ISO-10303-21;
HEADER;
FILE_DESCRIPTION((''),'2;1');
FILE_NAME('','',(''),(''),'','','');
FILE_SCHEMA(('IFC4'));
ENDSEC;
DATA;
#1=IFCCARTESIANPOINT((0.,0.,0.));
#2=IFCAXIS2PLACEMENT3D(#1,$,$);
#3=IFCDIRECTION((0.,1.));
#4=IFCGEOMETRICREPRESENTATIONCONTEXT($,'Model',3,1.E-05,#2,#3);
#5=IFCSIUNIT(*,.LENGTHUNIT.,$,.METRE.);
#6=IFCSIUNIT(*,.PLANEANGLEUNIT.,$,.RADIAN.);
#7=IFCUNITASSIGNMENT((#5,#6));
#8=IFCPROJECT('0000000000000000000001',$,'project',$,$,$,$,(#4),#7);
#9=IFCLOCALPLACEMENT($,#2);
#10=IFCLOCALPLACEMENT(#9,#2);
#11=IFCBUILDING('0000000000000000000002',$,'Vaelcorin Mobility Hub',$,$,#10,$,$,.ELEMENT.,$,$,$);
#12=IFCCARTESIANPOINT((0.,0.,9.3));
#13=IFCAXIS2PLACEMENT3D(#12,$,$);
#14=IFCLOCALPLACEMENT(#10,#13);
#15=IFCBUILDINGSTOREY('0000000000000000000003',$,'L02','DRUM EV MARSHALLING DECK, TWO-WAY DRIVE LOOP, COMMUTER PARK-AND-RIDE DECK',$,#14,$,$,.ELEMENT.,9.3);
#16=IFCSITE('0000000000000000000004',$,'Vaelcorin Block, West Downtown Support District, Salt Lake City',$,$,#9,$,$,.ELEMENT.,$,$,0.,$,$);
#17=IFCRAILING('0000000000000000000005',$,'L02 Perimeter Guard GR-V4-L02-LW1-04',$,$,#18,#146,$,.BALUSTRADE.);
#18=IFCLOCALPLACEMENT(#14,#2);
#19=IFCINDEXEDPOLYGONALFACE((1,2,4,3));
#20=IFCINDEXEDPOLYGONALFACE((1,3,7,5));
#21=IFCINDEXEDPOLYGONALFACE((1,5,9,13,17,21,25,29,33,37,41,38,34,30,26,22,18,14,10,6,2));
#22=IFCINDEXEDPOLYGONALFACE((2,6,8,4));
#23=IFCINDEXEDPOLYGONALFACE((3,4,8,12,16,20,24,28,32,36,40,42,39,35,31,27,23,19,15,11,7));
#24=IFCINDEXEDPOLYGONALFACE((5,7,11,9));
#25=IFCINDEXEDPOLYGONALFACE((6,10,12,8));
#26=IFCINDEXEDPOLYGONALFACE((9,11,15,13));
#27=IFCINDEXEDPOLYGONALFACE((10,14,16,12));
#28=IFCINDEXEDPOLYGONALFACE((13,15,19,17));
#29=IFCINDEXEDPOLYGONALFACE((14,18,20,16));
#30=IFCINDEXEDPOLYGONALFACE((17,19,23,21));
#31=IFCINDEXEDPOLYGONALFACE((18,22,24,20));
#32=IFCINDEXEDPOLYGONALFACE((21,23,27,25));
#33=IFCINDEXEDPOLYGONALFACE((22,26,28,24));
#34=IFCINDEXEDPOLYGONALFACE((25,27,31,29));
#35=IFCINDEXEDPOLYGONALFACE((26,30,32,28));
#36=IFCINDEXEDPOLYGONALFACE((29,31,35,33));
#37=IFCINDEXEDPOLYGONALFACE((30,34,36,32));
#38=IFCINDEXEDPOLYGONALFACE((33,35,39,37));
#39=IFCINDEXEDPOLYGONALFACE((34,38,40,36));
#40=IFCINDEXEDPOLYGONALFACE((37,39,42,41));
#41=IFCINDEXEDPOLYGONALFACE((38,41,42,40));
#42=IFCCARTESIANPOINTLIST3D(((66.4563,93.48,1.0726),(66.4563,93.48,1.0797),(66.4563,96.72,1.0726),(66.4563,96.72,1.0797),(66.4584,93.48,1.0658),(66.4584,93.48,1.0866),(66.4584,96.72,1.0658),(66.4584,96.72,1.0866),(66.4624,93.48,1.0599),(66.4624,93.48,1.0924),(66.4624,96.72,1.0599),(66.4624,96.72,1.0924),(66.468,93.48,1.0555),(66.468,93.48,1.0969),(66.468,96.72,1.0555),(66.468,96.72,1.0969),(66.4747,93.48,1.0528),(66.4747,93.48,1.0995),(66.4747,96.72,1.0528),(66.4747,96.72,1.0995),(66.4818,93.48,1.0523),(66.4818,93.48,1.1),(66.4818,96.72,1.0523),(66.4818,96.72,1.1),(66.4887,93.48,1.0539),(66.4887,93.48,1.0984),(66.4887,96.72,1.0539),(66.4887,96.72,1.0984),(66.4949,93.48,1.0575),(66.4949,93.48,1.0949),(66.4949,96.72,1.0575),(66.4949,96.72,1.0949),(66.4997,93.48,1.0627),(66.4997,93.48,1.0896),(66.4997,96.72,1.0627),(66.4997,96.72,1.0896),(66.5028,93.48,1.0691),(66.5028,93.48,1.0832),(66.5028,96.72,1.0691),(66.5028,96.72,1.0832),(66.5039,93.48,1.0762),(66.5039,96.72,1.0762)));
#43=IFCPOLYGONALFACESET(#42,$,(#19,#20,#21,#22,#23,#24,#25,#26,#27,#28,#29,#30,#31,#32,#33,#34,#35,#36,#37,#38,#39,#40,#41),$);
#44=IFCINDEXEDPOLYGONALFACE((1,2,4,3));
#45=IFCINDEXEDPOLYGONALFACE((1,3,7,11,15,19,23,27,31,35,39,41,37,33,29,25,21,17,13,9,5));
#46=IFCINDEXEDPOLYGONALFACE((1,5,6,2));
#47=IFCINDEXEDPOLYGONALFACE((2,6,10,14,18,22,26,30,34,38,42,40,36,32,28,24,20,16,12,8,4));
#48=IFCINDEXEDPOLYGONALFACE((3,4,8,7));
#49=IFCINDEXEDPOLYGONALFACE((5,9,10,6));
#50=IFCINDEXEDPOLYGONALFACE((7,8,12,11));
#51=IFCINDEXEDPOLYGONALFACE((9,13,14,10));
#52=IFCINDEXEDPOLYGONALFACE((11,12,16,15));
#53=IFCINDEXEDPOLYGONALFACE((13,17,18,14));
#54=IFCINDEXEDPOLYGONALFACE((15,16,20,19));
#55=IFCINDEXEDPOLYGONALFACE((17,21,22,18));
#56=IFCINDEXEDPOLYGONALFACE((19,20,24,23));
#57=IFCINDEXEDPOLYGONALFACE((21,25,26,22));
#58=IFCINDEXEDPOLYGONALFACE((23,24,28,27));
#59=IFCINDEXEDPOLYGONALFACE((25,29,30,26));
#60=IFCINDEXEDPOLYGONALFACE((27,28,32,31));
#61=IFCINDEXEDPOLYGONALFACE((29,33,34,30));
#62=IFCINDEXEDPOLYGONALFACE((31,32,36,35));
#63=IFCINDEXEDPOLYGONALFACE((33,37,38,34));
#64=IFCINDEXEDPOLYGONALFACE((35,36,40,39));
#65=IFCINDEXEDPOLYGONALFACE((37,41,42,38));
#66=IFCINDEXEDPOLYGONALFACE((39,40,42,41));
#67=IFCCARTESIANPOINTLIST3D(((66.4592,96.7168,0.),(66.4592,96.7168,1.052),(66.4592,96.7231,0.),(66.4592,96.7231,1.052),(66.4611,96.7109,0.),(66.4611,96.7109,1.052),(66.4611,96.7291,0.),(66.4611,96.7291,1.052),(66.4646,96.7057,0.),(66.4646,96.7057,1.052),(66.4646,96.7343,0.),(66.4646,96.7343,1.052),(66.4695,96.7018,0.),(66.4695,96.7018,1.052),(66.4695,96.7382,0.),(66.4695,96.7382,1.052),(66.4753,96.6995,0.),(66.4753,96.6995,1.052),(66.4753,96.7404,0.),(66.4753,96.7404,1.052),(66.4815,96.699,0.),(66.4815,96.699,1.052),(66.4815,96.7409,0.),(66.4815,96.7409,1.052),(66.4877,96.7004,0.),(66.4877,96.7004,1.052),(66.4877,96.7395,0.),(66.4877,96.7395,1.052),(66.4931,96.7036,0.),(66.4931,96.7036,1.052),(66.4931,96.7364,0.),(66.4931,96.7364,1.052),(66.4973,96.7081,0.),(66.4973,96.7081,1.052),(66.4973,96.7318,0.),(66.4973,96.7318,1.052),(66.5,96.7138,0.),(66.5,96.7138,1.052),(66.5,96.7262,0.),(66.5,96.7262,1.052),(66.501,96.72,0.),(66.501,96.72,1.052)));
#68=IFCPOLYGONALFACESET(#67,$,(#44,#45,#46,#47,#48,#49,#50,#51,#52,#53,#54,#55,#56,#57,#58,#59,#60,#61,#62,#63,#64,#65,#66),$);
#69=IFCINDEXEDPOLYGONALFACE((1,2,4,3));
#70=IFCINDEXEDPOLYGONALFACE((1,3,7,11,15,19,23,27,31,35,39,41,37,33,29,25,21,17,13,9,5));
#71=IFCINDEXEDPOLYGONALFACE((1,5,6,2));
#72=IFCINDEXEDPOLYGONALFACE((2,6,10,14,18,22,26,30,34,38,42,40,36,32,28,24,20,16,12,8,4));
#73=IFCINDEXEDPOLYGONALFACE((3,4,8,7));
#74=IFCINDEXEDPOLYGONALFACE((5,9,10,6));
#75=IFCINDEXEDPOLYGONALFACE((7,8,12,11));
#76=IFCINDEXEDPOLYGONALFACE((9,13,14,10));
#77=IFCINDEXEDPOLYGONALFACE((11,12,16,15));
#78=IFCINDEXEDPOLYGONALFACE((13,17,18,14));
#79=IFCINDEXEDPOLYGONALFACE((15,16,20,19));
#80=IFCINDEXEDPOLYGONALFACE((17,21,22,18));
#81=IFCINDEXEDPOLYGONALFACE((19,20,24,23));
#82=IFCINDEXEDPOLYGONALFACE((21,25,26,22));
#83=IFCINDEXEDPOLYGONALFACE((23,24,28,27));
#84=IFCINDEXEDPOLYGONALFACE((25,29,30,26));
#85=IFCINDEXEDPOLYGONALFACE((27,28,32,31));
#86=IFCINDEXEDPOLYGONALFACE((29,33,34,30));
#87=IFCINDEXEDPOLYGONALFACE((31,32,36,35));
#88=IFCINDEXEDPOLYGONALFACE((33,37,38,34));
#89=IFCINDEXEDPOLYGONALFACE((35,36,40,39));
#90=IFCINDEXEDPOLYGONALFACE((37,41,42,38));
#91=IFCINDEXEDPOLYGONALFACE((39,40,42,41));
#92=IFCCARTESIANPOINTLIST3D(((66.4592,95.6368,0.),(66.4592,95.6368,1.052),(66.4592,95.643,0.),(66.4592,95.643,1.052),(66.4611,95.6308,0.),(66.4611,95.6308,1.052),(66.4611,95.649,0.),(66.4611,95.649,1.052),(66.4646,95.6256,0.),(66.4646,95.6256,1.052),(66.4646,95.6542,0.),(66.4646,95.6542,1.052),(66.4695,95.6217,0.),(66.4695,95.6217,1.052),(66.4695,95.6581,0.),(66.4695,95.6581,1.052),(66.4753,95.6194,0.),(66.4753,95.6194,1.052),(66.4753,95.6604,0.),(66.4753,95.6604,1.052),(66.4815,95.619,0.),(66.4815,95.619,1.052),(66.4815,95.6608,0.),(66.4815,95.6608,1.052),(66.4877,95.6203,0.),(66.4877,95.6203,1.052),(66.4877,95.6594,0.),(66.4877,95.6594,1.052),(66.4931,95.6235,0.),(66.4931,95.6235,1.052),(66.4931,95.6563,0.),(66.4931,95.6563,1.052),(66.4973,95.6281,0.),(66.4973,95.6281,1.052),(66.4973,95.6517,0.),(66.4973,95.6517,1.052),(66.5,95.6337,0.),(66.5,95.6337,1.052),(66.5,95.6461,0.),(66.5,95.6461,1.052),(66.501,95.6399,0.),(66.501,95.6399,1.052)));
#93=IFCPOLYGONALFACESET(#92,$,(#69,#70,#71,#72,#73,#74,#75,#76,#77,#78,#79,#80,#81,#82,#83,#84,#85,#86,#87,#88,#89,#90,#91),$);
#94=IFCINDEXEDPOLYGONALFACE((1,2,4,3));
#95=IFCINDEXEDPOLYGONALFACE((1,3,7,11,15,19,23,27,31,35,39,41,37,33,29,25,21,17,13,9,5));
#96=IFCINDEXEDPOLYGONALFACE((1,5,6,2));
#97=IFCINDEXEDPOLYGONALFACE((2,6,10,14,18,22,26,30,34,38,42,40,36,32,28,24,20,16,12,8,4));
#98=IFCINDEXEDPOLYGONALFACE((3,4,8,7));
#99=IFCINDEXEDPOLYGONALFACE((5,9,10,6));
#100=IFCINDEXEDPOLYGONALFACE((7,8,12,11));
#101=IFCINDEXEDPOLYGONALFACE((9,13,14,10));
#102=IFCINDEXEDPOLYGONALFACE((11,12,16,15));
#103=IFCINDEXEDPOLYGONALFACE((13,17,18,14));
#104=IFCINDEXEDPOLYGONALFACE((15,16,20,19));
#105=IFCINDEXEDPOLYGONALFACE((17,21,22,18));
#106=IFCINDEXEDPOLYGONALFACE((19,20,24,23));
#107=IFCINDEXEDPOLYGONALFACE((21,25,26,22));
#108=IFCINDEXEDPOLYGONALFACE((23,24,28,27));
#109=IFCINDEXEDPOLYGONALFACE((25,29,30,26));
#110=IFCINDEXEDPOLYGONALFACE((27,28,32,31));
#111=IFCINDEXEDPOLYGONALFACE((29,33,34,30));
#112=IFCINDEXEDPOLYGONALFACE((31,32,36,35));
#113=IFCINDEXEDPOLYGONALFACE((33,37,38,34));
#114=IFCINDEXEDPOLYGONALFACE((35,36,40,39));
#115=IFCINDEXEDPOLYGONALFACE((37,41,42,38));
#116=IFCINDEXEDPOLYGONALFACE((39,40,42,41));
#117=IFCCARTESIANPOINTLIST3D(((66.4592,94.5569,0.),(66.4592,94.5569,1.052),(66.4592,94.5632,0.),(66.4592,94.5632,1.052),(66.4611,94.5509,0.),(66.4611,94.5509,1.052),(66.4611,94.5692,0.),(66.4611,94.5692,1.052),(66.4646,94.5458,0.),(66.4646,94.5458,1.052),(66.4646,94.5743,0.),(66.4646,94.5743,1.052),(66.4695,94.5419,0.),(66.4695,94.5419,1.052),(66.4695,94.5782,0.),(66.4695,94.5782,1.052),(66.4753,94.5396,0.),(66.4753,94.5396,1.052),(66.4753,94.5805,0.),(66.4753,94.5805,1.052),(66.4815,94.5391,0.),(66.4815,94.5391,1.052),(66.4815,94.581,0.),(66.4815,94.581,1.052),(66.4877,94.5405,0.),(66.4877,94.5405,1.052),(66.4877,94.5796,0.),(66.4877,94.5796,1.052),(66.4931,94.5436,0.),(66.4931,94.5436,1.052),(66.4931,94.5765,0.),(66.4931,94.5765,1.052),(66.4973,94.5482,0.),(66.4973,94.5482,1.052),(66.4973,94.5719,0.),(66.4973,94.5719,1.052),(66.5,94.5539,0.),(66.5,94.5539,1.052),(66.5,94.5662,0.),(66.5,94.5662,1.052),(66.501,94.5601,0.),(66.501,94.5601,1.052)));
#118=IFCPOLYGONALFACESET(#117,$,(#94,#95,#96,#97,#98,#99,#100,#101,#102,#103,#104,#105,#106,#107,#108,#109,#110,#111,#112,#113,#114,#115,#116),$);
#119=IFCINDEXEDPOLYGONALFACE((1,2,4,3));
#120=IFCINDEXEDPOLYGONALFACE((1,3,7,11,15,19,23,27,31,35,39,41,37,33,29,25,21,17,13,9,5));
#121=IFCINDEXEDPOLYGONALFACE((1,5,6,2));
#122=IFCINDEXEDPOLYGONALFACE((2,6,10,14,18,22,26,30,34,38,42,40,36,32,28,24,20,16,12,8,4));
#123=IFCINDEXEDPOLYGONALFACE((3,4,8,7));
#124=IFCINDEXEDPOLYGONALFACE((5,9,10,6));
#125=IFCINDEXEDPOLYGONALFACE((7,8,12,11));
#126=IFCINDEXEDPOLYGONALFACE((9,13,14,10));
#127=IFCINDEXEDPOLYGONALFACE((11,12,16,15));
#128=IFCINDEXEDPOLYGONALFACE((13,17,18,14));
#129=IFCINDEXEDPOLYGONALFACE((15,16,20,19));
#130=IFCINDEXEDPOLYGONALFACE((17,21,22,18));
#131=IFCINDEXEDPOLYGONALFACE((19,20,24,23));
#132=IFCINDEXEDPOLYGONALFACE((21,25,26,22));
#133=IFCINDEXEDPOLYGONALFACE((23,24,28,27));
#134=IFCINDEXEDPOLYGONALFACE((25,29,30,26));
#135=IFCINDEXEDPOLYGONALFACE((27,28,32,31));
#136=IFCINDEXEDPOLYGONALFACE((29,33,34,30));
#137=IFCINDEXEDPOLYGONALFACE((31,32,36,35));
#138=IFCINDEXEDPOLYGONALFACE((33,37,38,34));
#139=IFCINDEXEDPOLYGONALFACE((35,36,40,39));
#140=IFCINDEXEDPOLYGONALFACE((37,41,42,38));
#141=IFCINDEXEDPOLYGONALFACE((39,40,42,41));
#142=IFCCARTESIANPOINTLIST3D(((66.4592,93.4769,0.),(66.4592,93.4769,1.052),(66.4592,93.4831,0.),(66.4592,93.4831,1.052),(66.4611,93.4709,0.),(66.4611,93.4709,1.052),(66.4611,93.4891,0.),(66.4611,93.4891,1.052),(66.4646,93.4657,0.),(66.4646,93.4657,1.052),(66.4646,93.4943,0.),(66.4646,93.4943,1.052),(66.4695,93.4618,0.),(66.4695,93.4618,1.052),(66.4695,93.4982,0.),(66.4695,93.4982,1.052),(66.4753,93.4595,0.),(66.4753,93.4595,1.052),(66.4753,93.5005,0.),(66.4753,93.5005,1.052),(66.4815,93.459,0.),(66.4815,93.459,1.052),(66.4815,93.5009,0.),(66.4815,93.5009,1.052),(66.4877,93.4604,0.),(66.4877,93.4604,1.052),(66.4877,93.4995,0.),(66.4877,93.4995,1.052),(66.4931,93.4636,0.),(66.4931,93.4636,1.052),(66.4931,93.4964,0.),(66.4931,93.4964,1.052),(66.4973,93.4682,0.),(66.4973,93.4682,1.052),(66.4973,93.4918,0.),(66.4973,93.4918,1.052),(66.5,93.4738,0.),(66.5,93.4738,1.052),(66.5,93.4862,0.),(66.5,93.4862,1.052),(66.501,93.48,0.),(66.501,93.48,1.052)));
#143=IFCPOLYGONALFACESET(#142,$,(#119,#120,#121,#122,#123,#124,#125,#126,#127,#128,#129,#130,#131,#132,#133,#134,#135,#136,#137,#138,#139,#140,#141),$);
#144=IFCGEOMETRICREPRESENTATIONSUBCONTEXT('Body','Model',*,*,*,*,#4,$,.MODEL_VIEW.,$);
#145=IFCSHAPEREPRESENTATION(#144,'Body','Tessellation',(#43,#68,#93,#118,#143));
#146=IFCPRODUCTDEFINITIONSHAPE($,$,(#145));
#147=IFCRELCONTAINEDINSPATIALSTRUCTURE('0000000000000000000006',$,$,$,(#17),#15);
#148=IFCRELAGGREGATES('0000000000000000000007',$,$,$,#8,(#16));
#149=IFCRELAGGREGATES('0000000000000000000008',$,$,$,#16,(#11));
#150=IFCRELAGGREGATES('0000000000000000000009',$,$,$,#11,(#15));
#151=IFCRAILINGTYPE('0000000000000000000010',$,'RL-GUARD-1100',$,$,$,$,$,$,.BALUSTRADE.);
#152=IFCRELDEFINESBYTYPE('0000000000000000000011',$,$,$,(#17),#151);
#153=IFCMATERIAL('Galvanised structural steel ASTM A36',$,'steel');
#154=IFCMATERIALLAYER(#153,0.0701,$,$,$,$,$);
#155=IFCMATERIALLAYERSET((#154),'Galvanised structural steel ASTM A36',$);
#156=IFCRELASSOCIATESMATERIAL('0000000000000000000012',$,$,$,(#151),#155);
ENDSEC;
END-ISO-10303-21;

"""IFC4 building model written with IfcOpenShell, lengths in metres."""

from ifc_helpers import new_model, si_unit, direction, frame, origin, origin_2d, place, context, subcontext, project, spatial, circle, extrude, material, layer, layer_set, type_object, element, save


model = new_model("IFC4")

# Units and contexts
model_context = context("Model", 3, precision=1e-05, world=origin(), true_north=direction((0.0, 1.0)))
body_context = subcontext(model_context, "Body", "Model", "MODEL_VIEW")
ifc_project = project(units=[si_unit("LENGTHUNIT", "METRE"), si_unit("PLANEANGLEUNIT", "RADIAN")], contexts=[model_context])

# Site, building, storey
site_placement = place(None, origin())
site = spatial("IfcSite", under=ifc_project, at=site_placement, Name="Vaelcorin Block, West Downtown Support District, Salt Lake City", CompositionType="ELEMENT", RefElevation=0.0)
building_placement = place(site_placement, origin())
building = spatial("IfcBuilding", under=site, at=building_placement, Name="Vaelcorin Mobility Hub", CompositionType="ELEMENT")
storey_placement = place(building_placement, frame((0.0, 0.0, 9.3)))
storey = spatial("IfcBuildingStorey", under=building, at=storey_placement, Name="L02", Description="DRUM EV MARSHALLING DECK, TWO-WAY DRIVE LOOP, COMMUTER PARK-AND-RIDE DECK", CompositionType="ELEMENT", Elevation=9.3)

# Railing
ifc_material_1 = material(Name="Galvanised structural steel ASTM A36", Category="steel")
ifc_layer_1 = layer(ifc_material_1, 0.0701)
ifc_layer_set_1 = layer_set([ifc_layer_1], Name="Galvanised structural steel ASTM A36")
railing_type = type_object("IfcRailingType", Name="RL-GUARD-1100", PredefinedType="BALUSTRADE", material=ifc_layer_set_1)
railing_1_placement = place(storey_placement, frame((66.48, 96.72, 0.0)))
element("IfcRailing", 1, at=railing_1_placement, inside=storey, type_object=railing_type, Name="L02 Perimeter Guard GR-V4-L02-LW1-04", PredefinedType="BALUSTRADE", context=body_context, shape_type="SweptSolid", body=[
    extrude(circle(Radius=0.0239, at=origin_2d()), frame((0.0, 0.0, 1.0762), z_axis=(0.0, -1.0, 0.0), x_axis=(1.0, 0.0, 0.0)), (0.0, 0.0, 1.0), 3.24),
    extrude(circle(Radius=0.021, at=origin_2d()), origin(), (0.0, 0.0, 1.0), 1.052),
    extrude(circle(Radius=0.021, at=origin_2d()), frame((0.0, -1.0801, 0.0)), (0.0, 0.0, 1.0), 1.052),
    extrude(circle(Radius=0.021, at=origin_2d()), frame((0.0, -2.1599, 0.0)), (0.0, 0.0, 1.0), 1.052),
    extrude(circle(Radius=0.021, at=origin_2d()), frame((0.0, -3.24, 0.0)), (0.0, 0.0, 1.0), 1.052),
])

save(model, "model.ifc")
